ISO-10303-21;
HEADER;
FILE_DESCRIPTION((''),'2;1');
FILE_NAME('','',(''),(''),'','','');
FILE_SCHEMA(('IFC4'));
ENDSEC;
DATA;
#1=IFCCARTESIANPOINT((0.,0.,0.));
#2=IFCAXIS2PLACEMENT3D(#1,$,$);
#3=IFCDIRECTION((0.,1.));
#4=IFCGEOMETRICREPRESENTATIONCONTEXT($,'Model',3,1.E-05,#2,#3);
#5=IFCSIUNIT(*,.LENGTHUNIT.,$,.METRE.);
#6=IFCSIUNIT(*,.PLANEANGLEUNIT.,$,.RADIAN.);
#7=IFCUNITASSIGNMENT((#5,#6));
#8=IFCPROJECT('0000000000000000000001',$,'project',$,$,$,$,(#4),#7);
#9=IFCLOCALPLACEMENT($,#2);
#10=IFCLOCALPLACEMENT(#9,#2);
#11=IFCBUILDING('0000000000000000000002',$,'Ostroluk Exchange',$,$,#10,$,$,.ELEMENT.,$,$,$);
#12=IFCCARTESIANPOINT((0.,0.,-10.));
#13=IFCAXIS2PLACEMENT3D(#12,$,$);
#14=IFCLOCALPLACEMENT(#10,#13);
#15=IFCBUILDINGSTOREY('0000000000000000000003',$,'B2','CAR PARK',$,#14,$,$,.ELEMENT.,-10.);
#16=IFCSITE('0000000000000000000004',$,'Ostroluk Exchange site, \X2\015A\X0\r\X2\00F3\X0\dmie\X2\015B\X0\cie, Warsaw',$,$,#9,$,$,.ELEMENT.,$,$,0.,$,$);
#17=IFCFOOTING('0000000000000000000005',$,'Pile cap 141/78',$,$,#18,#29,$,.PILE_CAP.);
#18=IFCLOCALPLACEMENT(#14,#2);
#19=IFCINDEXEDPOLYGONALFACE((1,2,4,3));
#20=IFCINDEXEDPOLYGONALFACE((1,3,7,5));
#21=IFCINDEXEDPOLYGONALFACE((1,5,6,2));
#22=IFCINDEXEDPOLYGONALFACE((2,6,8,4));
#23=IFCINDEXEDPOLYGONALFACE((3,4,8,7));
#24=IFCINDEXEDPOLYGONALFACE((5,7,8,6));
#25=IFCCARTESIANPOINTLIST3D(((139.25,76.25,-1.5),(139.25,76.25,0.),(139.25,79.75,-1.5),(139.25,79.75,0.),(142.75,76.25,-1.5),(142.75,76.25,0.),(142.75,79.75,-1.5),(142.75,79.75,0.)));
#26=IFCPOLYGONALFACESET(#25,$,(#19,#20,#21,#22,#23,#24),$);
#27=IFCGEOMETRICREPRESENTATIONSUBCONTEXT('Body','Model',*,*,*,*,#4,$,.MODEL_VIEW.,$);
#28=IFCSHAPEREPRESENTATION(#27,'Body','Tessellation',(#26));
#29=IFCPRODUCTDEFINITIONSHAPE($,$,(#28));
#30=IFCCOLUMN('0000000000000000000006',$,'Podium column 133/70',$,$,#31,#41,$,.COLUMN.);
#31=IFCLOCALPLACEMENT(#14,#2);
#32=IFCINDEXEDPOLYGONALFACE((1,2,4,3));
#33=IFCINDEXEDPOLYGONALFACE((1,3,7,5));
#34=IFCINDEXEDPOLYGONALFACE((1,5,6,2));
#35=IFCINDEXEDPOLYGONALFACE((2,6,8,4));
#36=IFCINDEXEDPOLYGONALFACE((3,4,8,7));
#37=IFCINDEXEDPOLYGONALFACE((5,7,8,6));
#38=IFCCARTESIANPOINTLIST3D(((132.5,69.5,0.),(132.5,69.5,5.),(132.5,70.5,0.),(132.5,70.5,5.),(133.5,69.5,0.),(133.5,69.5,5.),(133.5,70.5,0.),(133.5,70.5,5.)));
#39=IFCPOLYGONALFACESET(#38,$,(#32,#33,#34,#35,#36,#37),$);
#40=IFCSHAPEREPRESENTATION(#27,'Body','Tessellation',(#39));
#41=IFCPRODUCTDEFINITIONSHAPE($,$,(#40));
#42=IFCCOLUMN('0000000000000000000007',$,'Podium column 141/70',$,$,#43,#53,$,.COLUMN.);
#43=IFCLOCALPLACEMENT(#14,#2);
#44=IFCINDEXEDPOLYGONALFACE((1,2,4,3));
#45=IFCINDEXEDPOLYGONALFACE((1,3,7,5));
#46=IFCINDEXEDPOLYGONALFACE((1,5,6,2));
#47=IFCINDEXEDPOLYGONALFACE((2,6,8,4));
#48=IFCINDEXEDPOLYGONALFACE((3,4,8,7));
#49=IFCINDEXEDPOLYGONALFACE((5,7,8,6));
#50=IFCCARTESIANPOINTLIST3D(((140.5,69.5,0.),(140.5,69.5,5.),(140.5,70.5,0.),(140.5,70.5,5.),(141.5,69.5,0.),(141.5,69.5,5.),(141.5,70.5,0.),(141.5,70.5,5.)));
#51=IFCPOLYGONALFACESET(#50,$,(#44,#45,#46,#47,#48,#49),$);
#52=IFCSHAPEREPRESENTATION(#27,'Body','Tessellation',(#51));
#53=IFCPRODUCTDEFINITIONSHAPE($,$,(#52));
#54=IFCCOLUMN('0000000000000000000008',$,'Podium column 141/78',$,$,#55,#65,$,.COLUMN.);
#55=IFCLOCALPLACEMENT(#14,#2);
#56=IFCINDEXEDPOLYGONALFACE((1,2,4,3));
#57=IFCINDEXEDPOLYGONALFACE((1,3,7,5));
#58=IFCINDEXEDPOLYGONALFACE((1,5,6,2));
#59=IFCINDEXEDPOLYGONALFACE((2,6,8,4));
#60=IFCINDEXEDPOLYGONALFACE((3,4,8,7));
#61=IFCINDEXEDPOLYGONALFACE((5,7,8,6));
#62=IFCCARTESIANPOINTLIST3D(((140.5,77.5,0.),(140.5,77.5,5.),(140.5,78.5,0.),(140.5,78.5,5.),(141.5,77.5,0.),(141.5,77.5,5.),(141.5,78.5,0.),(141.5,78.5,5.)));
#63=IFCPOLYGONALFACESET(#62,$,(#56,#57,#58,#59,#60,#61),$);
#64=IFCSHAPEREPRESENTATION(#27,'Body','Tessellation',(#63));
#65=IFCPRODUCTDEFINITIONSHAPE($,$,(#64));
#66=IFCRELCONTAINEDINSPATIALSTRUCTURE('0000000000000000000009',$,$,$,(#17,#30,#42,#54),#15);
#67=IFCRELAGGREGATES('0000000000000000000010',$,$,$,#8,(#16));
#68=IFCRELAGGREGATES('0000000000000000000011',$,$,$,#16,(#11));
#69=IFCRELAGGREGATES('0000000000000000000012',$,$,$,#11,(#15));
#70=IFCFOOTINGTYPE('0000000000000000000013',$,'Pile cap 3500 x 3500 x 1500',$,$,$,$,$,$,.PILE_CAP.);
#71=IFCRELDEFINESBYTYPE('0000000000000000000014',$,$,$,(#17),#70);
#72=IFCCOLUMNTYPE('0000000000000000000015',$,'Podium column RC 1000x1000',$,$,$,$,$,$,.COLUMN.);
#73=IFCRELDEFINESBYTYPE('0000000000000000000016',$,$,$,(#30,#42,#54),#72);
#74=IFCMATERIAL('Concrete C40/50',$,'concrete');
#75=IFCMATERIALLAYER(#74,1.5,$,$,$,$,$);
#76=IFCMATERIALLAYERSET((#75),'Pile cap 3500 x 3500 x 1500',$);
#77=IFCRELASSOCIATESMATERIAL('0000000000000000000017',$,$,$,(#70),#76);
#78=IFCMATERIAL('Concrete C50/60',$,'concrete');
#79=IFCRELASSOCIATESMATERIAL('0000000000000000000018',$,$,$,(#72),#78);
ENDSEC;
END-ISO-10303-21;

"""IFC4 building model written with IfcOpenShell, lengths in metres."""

from ifc_helpers import new_model, si_unit, direction, frame, origin, origin_2d, place, context, subcontext, project, spatial, rectangle, extrude, material, layer, layer_set, material_profile, profile_set, type_object, element, save


model = new_model("IFC4")

# Units and contexts
model_context = context("Model", 3, precision=1e-05, world=origin(), true_north=direction((0.0, 1.0)))
body_context = subcontext(model_context, "Body", "Model", "MODEL_VIEW")
ifc_project = project(units=[si_unit("LENGTHUNIT", "METRE"), si_unit("PLANEANGLEUNIT", "RADIAN")], contexts=[model_context])

# Site, building, storey
site_placement = place(None, origin())
site = spatial("IfcSite", under=ifc_project, at=site_placement, Name="Ostroluk Exchange site, Śródmieście, Warsaw", CompositionType="ELEMENT", RefElevation=0.0)
building_placement = place(site_placement, origin())
building = spatial("IfcBuilding", under=site, at=building_placement, Name="Ostroluk Exchange", CompositionType="ELEMENT")
storey_placement = place(building_placement, frame((0.0, 0.0, -10.0)))
storey = spatial("IfcBuildingStorey", under=building, at=storey_placement, Name="B2", Description="CAR PARK", CompositionType="ELEMENT", Elevation=-10.0)

# Footing
ifc_material_1 = material(Name="Concrete C40/50", Category="concrete")
ifc_layer = layer(ifc_material_1, 1.5)
ifc_layer_set = layer_set([ifc_layer], Name="Pile cap 3500 x 3500 x 1500")
footing_type = type_object("IfcFootingType", Name="Pile cap 3500 x 3500 x 1500", PredefinedType="PILE_CAP", material=ifc_layer_set)
for number, where, z_axis, x_axis, name in (
    (1, (141.0, 78.0, -1.5), (0.0, 0.0, 1.0), (1.0, 0.0, 0.0), "Pile cap 141/78"),
):
    element("IfcFooting", number, at=place(storey_placement, frame(where, z_axis=z_axis, x_axis=x_axis)), inside=storey, type_object=footing_type, Name=name, PredefinedType="PILE_CAP", context=body_context, shape_type="SweptSolid", body=[
        extrude(rectangle(XDim=3.5, YDim=3.5, at=origin_2d()), origin(), (0.0, 0.0, 1.0), 1.5),
    ])

# Columns
ifc_material_2 = material(Name="Concrete C50/60", Category="concrete")
ifc_material_profile = material_profile(ifc_material_2, rectangle(XDim=1.0, YDim=1.0, at=origin_2d()), Name="RC 1000x1000")
ifc_profile_set = profile_set([ifc_material_profile], Name="Concrete C50/60")
column_type = type_object("IfcColumnType", Name="Podium column RC 1000x1000", PredefinedType="COLUMN", material=ifc_profile_set)
for number, where, z_axis, x_axis, name in (
    (2, (133.0, 70.0, 0.0), (0.0, 0.0, 1.0), (1.0, 0.0, 0.0), "Podium column 133/70"),
    (3, (141.0, 70.0, 0.0), (0.0, 0.0, 1.0), (1.0, 0.0, 0.0), "Podium column 141/70"),
    (4, (141.0, 78.0, 0.0), (0.0, 0.0, 1.0), (1.0, 0.0, 0.0), "Podium column 141/78"),
):
    element("IfcColumn", number, at=place(storey_placement, frame(where, z_axis=z_axis, x_axis=x_axis)), inside=storey, type_object=column_type, Name=name, PredefinedType="COLUMN", context=body_context, shape_type="SweptSolid", body=[
        extrude(rectangle(XDim=1.0, YDim=1.0, at=origin_2d()), origin(), (0.0, 0.0, 1.0), 5.0),
    ])

save(model, "model.ifc")
